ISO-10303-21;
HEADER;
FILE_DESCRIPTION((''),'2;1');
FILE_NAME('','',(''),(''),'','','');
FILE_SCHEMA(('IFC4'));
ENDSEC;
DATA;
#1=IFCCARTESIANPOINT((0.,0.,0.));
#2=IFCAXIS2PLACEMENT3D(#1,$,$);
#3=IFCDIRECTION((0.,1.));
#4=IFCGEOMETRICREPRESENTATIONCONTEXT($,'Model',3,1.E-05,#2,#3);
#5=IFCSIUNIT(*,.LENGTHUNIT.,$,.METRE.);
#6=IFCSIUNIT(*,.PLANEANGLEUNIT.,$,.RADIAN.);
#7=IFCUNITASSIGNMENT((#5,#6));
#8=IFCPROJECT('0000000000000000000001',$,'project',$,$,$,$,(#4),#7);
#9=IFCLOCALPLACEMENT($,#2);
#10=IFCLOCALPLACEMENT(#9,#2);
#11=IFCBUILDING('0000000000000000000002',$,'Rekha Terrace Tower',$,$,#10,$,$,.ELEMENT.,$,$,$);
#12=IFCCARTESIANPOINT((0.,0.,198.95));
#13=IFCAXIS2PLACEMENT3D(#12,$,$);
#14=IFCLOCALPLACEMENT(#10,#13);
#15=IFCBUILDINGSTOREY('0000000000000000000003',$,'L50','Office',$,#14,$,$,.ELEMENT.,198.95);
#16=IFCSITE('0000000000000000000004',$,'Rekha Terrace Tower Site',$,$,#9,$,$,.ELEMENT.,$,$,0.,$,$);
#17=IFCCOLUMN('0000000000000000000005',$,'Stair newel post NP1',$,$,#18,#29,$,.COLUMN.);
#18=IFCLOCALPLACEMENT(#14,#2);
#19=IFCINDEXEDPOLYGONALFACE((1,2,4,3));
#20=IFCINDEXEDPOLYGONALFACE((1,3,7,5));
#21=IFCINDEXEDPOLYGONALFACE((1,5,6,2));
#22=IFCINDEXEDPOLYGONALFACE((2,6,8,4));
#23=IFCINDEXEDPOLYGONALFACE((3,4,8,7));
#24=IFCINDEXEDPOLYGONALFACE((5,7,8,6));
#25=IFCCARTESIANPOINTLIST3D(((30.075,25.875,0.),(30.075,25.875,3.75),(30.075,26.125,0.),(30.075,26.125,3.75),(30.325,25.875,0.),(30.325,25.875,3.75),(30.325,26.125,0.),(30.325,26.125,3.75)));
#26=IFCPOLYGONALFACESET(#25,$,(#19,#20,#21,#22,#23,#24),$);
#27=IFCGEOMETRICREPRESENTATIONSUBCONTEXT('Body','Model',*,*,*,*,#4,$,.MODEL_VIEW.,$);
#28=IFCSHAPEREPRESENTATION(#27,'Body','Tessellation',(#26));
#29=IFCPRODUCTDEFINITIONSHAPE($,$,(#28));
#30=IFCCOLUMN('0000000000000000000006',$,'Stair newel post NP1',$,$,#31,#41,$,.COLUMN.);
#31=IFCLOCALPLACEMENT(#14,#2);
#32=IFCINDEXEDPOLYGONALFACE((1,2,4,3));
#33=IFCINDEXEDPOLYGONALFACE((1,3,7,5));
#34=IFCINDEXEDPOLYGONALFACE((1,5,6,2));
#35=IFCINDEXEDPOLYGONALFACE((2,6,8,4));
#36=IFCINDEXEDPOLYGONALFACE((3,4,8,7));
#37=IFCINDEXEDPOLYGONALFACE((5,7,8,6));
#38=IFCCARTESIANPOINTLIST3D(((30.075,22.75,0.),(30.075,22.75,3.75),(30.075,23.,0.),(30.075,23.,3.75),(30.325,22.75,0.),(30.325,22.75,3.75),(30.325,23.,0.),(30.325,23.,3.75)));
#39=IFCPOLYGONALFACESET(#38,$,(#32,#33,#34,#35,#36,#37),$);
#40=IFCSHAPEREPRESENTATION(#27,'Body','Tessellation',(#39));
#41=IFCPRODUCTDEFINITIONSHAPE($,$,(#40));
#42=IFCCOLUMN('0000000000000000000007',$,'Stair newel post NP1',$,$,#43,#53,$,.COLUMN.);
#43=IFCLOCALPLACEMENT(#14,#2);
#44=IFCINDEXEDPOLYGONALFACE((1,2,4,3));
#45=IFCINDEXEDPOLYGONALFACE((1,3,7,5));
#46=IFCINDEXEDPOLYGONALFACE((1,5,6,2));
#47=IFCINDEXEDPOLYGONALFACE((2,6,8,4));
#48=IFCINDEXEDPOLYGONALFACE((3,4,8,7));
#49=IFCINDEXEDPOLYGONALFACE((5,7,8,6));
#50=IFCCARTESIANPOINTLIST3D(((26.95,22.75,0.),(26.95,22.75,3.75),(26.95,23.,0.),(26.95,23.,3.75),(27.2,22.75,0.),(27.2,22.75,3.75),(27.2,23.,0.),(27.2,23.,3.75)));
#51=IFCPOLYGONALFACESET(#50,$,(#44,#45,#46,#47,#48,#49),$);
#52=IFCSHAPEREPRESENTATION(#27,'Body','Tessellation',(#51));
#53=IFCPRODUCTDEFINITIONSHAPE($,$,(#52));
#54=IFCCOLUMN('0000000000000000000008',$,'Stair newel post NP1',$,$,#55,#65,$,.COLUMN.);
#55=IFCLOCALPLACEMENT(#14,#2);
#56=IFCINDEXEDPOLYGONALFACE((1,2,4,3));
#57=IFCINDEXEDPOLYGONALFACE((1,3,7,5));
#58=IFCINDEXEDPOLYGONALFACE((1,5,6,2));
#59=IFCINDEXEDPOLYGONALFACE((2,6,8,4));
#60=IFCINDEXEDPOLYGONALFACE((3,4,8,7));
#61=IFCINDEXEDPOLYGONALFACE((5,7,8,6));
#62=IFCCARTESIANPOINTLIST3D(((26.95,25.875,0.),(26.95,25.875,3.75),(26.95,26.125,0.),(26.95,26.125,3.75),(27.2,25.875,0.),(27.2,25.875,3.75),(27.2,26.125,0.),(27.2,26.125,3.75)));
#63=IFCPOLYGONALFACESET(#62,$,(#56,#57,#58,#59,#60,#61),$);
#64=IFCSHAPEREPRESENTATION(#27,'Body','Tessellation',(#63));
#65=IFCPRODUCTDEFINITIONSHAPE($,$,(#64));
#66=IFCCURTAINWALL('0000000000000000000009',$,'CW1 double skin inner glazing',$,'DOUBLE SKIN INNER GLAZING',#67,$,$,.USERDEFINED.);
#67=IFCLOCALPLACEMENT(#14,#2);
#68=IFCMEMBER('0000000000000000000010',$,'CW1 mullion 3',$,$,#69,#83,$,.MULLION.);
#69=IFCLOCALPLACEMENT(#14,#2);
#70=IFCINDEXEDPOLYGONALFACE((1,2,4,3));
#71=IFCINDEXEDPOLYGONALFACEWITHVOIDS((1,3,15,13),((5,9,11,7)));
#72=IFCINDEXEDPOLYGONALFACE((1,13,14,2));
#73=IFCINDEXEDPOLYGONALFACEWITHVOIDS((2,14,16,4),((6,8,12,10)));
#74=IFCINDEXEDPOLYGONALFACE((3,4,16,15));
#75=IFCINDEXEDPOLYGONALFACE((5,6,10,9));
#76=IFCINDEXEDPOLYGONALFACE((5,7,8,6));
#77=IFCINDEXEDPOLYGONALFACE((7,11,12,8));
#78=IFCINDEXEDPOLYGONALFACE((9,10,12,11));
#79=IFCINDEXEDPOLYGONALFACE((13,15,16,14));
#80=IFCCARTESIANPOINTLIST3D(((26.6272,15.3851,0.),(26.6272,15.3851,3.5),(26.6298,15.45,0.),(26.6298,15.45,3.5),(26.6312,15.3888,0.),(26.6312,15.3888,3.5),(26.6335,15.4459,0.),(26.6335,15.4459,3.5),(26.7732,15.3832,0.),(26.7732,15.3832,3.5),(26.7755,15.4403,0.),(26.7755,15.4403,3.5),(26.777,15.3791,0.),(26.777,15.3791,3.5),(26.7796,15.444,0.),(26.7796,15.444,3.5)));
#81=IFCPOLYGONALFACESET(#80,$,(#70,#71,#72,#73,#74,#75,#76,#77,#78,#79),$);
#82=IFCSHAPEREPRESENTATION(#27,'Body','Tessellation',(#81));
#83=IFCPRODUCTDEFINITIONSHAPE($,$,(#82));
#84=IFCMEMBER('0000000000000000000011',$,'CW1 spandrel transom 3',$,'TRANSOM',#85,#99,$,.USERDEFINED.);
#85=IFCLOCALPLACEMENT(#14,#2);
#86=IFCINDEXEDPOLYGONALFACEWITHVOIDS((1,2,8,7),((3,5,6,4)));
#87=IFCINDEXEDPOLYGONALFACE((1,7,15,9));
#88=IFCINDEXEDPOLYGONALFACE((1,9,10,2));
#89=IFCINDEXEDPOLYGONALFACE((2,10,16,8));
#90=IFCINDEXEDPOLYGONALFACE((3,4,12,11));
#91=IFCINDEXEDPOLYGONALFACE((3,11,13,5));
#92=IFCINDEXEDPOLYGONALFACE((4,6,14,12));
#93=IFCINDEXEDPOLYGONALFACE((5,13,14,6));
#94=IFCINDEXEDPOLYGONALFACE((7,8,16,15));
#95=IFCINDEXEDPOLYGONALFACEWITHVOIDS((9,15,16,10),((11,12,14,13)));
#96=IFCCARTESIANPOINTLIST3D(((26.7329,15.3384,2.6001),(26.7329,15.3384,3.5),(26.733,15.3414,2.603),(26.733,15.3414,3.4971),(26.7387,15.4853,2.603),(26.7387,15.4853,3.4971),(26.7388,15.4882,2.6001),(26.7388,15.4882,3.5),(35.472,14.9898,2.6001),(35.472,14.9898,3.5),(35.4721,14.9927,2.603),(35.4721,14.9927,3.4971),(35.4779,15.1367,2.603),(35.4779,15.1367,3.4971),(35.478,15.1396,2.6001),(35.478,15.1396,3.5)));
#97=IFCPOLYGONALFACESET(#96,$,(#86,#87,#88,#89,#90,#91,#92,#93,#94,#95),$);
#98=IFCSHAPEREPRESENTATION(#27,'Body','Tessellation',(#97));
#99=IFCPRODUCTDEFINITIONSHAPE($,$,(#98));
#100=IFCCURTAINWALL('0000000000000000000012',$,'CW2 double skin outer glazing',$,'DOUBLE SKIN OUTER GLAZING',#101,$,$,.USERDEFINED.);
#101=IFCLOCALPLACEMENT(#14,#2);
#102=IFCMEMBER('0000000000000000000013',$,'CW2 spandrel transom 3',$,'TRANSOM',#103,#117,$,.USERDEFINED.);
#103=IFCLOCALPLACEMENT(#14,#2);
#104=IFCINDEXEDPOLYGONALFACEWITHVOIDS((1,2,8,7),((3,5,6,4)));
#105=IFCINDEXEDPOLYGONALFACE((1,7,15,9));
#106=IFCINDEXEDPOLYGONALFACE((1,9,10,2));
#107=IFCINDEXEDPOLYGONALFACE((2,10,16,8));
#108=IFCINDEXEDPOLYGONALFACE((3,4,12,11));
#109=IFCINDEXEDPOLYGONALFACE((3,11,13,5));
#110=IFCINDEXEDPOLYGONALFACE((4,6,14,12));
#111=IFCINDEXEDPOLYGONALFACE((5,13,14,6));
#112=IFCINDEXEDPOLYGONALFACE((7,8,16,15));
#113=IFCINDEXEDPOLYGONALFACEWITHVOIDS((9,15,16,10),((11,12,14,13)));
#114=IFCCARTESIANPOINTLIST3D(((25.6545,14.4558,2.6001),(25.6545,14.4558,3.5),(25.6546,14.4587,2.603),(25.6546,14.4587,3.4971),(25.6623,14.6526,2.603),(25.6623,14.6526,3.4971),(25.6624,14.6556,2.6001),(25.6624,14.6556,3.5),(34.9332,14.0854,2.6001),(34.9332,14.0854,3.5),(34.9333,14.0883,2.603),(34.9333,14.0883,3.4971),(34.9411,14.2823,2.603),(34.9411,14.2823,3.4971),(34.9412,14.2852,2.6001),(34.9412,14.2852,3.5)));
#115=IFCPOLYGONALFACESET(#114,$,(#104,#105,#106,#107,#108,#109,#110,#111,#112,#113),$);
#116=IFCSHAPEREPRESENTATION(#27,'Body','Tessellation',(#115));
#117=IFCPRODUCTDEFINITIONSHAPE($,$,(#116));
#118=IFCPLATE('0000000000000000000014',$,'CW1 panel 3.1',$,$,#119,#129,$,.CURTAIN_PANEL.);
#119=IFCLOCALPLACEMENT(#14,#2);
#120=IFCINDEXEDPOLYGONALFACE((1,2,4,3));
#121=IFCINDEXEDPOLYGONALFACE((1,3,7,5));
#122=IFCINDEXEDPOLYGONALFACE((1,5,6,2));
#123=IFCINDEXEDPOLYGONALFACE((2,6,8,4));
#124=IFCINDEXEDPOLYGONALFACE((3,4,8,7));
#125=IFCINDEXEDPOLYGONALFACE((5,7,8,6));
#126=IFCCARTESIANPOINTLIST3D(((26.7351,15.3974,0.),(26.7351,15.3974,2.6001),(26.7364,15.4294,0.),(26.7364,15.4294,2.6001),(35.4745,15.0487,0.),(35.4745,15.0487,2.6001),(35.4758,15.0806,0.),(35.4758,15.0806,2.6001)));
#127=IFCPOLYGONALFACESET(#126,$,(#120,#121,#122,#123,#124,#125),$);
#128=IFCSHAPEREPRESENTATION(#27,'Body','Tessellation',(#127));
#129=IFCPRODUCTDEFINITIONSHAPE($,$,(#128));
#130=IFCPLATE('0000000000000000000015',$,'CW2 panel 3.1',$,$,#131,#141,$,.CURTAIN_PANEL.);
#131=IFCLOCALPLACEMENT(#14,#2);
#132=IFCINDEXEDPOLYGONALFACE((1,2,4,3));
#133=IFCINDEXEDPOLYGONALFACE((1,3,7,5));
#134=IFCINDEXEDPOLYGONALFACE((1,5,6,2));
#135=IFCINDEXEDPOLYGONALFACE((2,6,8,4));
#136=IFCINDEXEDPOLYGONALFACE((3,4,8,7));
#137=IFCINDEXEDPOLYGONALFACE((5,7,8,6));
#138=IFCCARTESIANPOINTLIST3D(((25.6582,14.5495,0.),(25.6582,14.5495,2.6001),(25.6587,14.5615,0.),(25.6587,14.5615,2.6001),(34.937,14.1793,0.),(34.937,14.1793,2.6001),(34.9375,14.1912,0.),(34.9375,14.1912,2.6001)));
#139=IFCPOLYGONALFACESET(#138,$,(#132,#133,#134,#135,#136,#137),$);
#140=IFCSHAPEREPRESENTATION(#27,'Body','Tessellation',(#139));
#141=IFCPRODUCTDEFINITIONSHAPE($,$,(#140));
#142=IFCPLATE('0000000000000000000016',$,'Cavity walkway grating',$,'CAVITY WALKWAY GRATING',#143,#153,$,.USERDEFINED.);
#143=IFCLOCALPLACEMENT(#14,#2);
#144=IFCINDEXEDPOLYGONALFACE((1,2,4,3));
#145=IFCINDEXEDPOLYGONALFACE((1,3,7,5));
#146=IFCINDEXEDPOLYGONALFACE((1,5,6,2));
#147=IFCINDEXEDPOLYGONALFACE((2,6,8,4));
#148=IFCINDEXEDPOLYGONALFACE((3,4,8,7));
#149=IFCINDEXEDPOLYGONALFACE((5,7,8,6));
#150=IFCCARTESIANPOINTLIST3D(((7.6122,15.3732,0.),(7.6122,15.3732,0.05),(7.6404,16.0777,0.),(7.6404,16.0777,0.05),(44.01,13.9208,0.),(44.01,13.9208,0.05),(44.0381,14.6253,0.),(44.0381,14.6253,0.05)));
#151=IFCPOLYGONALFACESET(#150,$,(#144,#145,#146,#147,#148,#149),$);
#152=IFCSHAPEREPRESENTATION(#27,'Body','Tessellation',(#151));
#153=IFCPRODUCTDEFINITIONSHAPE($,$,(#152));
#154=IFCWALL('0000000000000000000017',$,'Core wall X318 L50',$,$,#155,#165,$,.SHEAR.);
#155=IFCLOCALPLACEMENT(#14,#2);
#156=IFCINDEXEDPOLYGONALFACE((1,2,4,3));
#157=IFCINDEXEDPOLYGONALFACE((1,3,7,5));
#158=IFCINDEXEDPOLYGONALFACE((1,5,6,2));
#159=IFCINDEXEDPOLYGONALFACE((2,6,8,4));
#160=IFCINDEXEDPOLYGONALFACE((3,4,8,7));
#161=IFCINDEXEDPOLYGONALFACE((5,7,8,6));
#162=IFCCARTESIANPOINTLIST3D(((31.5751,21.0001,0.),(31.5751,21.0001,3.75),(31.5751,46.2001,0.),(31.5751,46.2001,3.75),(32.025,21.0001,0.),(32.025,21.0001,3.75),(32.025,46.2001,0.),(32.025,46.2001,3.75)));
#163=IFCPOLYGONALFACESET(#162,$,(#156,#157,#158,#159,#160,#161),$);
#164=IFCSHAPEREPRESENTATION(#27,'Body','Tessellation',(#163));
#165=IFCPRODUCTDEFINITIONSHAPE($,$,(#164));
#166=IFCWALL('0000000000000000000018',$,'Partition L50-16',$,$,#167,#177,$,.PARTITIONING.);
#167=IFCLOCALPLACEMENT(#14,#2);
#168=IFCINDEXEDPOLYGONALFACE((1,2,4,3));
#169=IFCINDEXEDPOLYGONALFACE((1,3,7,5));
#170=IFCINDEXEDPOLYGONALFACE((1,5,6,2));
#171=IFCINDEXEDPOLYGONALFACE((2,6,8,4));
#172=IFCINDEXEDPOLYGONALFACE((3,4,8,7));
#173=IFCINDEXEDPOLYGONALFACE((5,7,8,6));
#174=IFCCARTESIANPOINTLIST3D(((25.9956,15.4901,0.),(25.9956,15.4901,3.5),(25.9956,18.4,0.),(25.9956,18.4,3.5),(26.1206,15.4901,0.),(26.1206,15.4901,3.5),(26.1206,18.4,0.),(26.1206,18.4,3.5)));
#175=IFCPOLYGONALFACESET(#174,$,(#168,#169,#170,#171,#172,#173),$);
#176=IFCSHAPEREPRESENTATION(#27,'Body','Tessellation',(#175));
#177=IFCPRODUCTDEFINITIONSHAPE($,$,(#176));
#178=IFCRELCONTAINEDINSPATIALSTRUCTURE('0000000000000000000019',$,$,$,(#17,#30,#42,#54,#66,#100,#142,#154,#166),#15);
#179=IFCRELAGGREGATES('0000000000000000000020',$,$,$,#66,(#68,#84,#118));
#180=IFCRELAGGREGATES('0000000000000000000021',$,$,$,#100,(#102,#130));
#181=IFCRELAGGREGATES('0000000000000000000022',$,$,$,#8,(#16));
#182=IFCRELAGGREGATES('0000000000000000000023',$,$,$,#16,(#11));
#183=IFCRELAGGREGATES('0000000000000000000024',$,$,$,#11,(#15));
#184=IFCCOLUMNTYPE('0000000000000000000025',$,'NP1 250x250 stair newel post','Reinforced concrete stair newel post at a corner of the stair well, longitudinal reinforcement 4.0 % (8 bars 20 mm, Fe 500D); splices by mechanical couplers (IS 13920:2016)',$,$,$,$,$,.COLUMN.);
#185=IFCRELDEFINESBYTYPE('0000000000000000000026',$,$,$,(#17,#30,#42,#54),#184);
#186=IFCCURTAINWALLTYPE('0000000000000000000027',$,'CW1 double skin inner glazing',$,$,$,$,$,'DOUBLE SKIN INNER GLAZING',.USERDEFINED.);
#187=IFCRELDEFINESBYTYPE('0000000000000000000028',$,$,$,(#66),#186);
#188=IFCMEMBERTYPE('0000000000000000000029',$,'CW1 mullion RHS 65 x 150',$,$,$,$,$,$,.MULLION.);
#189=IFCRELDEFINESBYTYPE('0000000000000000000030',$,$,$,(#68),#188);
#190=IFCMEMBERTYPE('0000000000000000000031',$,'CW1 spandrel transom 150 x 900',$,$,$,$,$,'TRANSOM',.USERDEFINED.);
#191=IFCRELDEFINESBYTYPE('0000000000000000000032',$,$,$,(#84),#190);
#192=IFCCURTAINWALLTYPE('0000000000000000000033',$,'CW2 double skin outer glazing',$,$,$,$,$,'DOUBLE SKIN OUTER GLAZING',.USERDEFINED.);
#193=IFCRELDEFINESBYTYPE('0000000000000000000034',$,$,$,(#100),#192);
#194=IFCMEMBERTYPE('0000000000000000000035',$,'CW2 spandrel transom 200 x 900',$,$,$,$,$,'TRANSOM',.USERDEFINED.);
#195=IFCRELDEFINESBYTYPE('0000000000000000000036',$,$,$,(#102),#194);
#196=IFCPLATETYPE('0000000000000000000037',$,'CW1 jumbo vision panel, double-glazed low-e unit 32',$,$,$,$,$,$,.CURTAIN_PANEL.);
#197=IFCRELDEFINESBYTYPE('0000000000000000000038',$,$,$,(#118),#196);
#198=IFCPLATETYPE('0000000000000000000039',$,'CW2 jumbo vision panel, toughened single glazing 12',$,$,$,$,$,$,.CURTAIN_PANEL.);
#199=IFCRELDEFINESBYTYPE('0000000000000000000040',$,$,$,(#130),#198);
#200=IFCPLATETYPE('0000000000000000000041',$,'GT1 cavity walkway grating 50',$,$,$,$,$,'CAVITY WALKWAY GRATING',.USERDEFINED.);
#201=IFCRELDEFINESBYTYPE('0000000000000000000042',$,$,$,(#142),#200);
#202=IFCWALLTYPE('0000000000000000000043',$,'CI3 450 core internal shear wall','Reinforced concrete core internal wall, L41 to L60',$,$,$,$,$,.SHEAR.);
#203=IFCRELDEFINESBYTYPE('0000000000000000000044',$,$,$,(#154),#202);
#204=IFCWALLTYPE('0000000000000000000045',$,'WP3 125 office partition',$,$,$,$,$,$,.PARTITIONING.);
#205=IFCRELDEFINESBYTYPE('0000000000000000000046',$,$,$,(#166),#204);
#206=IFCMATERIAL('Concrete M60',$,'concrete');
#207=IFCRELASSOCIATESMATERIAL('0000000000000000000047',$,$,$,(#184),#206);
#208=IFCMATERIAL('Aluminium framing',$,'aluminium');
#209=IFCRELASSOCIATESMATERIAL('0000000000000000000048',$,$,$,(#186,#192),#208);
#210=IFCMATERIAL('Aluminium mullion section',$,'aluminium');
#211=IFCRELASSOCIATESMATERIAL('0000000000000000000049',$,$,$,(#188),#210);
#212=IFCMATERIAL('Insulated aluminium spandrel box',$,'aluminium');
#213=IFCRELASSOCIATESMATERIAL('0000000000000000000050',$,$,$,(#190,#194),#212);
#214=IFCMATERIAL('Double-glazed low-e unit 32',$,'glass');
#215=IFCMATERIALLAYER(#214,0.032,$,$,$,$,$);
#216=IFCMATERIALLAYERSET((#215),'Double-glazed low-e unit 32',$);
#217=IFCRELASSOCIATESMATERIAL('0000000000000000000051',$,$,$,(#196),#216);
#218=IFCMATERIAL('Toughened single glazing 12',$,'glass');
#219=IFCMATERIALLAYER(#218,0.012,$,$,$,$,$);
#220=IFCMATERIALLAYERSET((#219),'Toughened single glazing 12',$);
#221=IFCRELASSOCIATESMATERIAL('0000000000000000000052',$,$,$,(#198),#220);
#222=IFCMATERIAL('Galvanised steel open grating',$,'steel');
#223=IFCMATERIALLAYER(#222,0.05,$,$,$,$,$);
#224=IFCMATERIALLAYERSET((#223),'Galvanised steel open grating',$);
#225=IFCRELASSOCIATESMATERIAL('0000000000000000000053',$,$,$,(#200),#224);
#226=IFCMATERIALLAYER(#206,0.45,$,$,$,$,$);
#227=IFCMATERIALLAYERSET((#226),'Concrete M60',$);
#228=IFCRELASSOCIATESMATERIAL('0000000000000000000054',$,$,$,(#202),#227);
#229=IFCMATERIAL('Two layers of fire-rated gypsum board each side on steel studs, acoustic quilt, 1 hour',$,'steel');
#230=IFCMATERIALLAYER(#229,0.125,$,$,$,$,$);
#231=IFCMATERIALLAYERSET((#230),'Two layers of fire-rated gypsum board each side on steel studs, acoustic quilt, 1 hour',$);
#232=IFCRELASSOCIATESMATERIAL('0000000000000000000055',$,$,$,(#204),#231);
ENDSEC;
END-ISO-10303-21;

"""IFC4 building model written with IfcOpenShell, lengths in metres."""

from ifc_helpers import new_model, si_unit, direction, frame, frame_2d, origin, origin_2d, place, context, subcontext, project, spatial, rectangle, hollow_rectangle, extrude, material, layer, layer_set, material_profile, profile_set, type_object, element, aggregate, save


model = new_model("IFC4")

# Units and contexts
model_context = context("Model", 3, precision=1e-05, world=origin(), true_north=direction((0.0, 1.0)))
body_context = subcontext(model_context, "Body", "Model", "MODEL_VIEW")
ifc_project = project(units=[si_unit("LENGTHUNIT", "METRE"), si_unit("PLANEANGLEUNIT", "RADIAN")], contexts=[model_context])

# Site, building, storey
site_placement = place(None, origin())
site = spatial("IfcSite", under=ifc_project, at=site_placement, Name="Rekha Terrace Tower Site", CompositionType="ELEMENT", RefElevation=0.0)
building_placement = place(site_placement, origin())
building = spatial("IfcBuilding", under=site, at=building_placement, Name="Rekha Terrace Tower", CompositionType="ELEMENT")
storey_placement = place(building_placement, frame((0.0, 0.0, 198.95)))
storey = spatial("IfcBuildingStorey", under=building, at=storey_placement, Name="L50", Description="Office", CompositionType="ELEMENT", Elevation=198.95)

# Columns
ifc_material_1 = material(Name="Concrete M60", Category="concrete")
ifc_material_profile_1 = material_profile(ifc_material_1, rectangle(XDim=0.25, YDim=0.25, at=origin_2d()), Name="RC 250x250")
ifc_profile_set_1 = profile_set([ifc_material_profile_1], Name="Concrete M60")
column_type = type_object("IfcColumnType", Name="NP1 250x250 stair newel post", Description="Reinforced concrete stair newel post at a corner of the stair well, longitudinal reinforcement 4.0 % (8 bars 20 mm, Fe 500D); splices by mechanical couplers (IS 13920:2016)", PredefinedType="COLUMN", material=ifc_profile_set_1)
for number, where, z_axis, x_axis, name in (
    (1, (30.2, 26.0, 0.0), (0.0, 0.0, 1.0), (1.0, 0.0, 0.0), "Stair newel post NP1"),
    (2, (30.2, 22.875, 0.0), (0.0, 0.0, 1.0), (1.0, 0.0, 0.0), "Stair newel post NP1"),
    (3, (27.075, 22.875, 0.0), (0.0, 0.0, 1.0), (1.0, 0.0, 0.0), "Stair newel post NP1"),
    (4, (27.075, 26.0, 0.0), (0.0, 0.0, 1.0), (1.0, 0.0, 0.0), "Stair newel post NP1"),
):
    element("IfcColumn", number, at=place(storey_placement, frame(where, z_axis=z_axis, x_axis=x_axis)), inside=storey, type_object=column_type, Name=name, PredefinedType="COLUMN", context=body_context, shape_type="SweptSolid", body=[
        extrude(rectangle(XDim=0.25, YDim=0.25, at=origin_2d()), origin(), (0.0, 0.0, 1.0), 3.75),
    ])

# Curtain wall, members
ifc_material_2 = material(Name="Aluminium framing", Category="aluminium")
curtain_wall_type_1 = type_object("IfcCurtainWallType", Name="CW1 double skin inner glazing", ElementType="DOUBLE SKIN INNER GLAZING", PredefinedType="USERDEFINED", material=ifc_material_2)
curtain_wall_1_placement = place(storey_placement, origin())
curtain_wall_1 = element("IfcCurtainWall", 5, at=curtain_wall_1_placement, inside=storey, type_object=curtain_wall_type_1, Name="CW1 double skin inner glazing", ObjectType="DOUBLE SKIN INNER GLAZING", PredefinedType="USERDEFINED")
ifc_material_3 = material(Name="Aluminium mullion section", Category="aluminium")
ifc_material_profile_2 = material_profile(ifc_material_3, hollow_rectangle(XDim=0.0649, YDim=0.1499, WallThickness=0.0039, at=origin_2d()), Name="AL RHS 65x150")
ifc_profile_set_2 = profile_set([ifc_material_profile_2], Name="Aluminium mullion section")
member_type_1 = type_object("IfcMemberType", Name="CW1 mullion RHS 65 x 150", PredefinedType="MULLION", material=ifc_profile_set_2)
member_1_placement = place(storey_placement, frame((26.7034, 15.4146, 0.0), z_axis=(0.0, 0.0, 1.0), x_axis=(0.039872, 0.999205, 0.0)))
member_1 = element("IfcMember", 6, at=member_1_placement, type_object=member_type_1, Name="CW1 mullion 3", PredefinedType="MULLION", context=body_context, shape_type="SweptSolid", body=[
    extrude(hollow_rectangle(XDim=0.0649, YDim=0.1499, WallThickness=0.0039, at=origin_2d()), origin(), (0.0, 0.0, 1.0), 3.5),
])
ifc_material_4 = material(Name="Insulated aluminium spandrel box", Category="aluminium")
ifc_material_profile_3 = material_profile(ifc_material_4, hollow_rectangle(XDim=0.1499, YDim=0.8999, WallThickness=0.0029, at=origin_2d()), Name="AL SPANDREL BOX 150x900")
ifc_profile_set_3 = profile_set([ifc_material_profile_3], Name="Insulated aluminium spandrel box")
member_type_2 = type_object("IfcMemberType", Name="CW1 spandrel transom 150 x 900", ElementType="TRANSOM", PredefinedType="USERDEFINED", material=ifc_profile_set_3)
member_2_placement = place(storey_placement, frame((26.7358, 15.4133, 3.05), z_axis=(0.999205, -0.039861, 0.0), x_axis=(0.039861, 0.999205, 0.0)))
member_2 = element("IfcMember", 7, at=member_2_placement, type_object=member_type_2, Name="CW1 spandrel transom 3", ObjectType="TRANSOM", PredefinedType="USERDEFINED", context=body_context, shape_type="SweptSolid", body=[
    extrude(hollow_rectangle(XDim=0.1499, YDim=0.8999, WallThickness=0.0029, at=origin_2d()), origin(), (0.0, 0.0, 1.0), 8.7461),
])

# Curtain wall, member
curtain_wall_type_2 = type_object("IfcCurtainWallType", Name="CW2 double skin outer glazing", ElementType="DOUBLE SKIN OUTER GLAZING", PredefinedType="USERDEFINED", material=ifc_material_2)
curtain_wall_2_placement = place(storey_placement, origin())
curtain_wall_2 = element("IfcCurtainWall", 8, at=curtain_wall_2_placement, inside=storey, type_object=curtain_wall_type_2, Name="CW2 double skin outer glazing", ObjectType="DOUBLE SKIN OUTER GLAZING", PredefinedType="USERDEFINED")
ifc_material_profile_4 = material_profile(ifc_material_4, hollow_rectangle(XDim=0.2, YDim=0.8999, WallThickness=0.0029, at=origin_2d()), Name="AL SPANDREL BOX 200x900")
ifc_profile_set_4 = profile_set([ifc_material_profile_4], Name="Insulated aluminium spandrel box")
member_type_3 = type_object("IfcMemberType", Name="CW2 spandrel transom 200 x 900", ElementType="TRANSOM", PredefinedType="USERDEFINED", material=ifc_profile_set_4)
member_3_placement = place(storey_placement, frame((25.6584, 14.5557, 3.05), z_axis=(0.999204, -0.039883, 0.0), x_axis=(0.039883, 0.999204, 0.0)))
member_3 = element("IfcMember", 9, at=member_3_placement, type_object=member_type_3, Name="CW2 spandrel transom 3", ObjectType="TRANSOM", PredefinedType="USERDEFINED", context=body_context, shape_type="SweptSolid", body=[
    extrude(hollow_rectangle(XDim=0.2, YDim=0.8999, WallThickness=0.0029, at=origin_2d()), origin(), (0.0, 0.0, 1.0), 9.2861),
])

# Plates
ifc_material_5 = material(Name="Double-glazed low-e unit 32", Category="glass")
ifc_layer_1 = layer(ifc_material_5, 0.032)
ifc_layer_set_1 = layer_set([ifc_layer_1], Name="Double-glazed low-e unit 32")
plate_type_1 = type_object("IfcPlateType", Name="CW1 jumbo vision panel, double-glazed low-e unit 32", PredefinedType="CURTAIN_PANEL", material=ifc_layer_set_1)
plate_1_placement = place(storey_placement, frame((31.1055, 15.239, 0.0), z_axis=(0.0, 0.0, 1.0), x_axis=(0.999205, -0.039872, 0.0)))
plate_1 = element("IfcPlate", 10, at=plate_1_placement, type_object=plate_type_1, Name="CW1 panel 3.1", PredefinedType="CURTAIN_PANEL", context=body_context, shape_type="SweptSolid", body=[
    extrude(rectangle(XDim=8.7463, YDim=0.032, at=origin_2d()), origin(), (0.0, 0.0, 1.0), 2.6001),
])
aggregate(curtain_wall_1, [member_1, member_2, plate_1])
ifc_material_6 = material(Name="Toughened single glazing 12", Category="glass")
ifc_layer_2 = layer(ifc_material_6, 0.012)
ifc_layer_set_2 = layer_set([ifc_layer_2], Name="Toughened single glazing 12")
plate_type_2 = type_object("IfcPlateType", Name="CW2 jumbo vision panel, toughened single glazing 12", PredefinedType="CURTAIN_PANEL", material=ifc_layer_set_2)
plate_2_placement = place(storey_placement, frame((30.2979, 14.3704, 0.0), z_axis=(0.0, 0.0, 1.0), x_axis=(0.999205, -0.039872, 0.0)))
plate_2 = element("IfcPlate", 11, at=plate_2_placement, type_object=plate_type_2, Name="CW2 panel 3.1", PredefinedType="CURTAIN_PANEL", context=body_context, shape_type="SweptSolid", body=[
    extrude(rectangle(XDim=9.2861, YDim=0.012, at=origin_2d()), origin(), (0.0, 0.0, 1.0), 2.6001),
])
aggregate(curtain_wall_2, [member_3, plate_2])
ifc_material_7 = material(Name="Galvanised steel open grating", Category="steel")
ifc_layer_3 = layer(ifc_material_7, 0.05)
ifc_layer_set_3 = layer_set([ifc_layer_3], Name="Galvanised steel open grating")
plate_type_3 = type_object("IfcPlateType", Name="GT1 cavity walkway grating 50", ElementType="CAVITY WALKWAY GRATING", PredefinedType="USERDEFINED", material=ifc_layer_set_3)
plate_3_placement = place(storey_placement, frame((25.8252, 14.9993, 0.0), z_axis=(0.0, 0.0, 1.0), x_axis=(0.999205, -0.039872, 0.0)))
element("IfcPlate", 12, at=plate_3_placement, inside=storey, type_object=plate_type_3, Name="Cavity walkway grating", ObjectType="CAVITY WALKWAY GRATING", PredefinedType="USERDEFINED", context=body_context, shape_type="SweptSolid", body=[
    extrude(rectangle(XDim=36.4268, YDim=0.7051, at=origin_2d()), origin(), (0.0, 0.0, 1.0), 0.05),
])

# Walls
ifc_layer_4 = layer(ifc_material_1, 0.45)
ifc_layer_set_4 = layer_set([ifc_layer_4], Name="Concrete M60")
wall_type_1 = type_object("IfcWallType", Name="CI3 450 core internal shear wall", Description="Reinforced concrete core internal wall, L41 to L60", PredefinedType="SHEAR", material=ifc_layer_set_4)
wall_1_placement = place(storey_placement, frame((31.8, 21.0, 0.0), z_axis=(0.0, 0.0, 1.0), x_axis=(0.0, 1.0, 0.0)))
element("IfcWall", 13, at=wall_1_placement, inside=storey, type_object=wall_type_1, Name="Core wall X318 L50", PredefinedType="SHEAR", context=body_context, shape_type="SweptSolid", body=[
    extrude(rectangle(XDim=25.2, YDim=0.45, at=frame_2d((12.6001, 0.0))), origin(), (0.0, 0.0, 1.0), 3.75),
])
ifc_material_8 = material(Name="Two layers of fire-rated gypsum board each side on steel studs, acoustic quilt, 1 hour", Category="steel")
ifc_layer_5 = layer(ifc_material_8, 0.125)
ifc_layer_set_5 = layer_set([ifc_layer_5], Name="Two layers of fire-rated gypsum board each side on steel studs, acoustic quilt, 1 hour")
wall_type_2 = type_object("IfcWallType", Name="WP3 125 office partition", PredefinedType="PARTITIONING", material=ifc_layer_set_5)
wall_2_placement = place(storey_placement, frame((26.0581, 15.49, 0.0), z_axis=(0.0, 0.0, 1.0), x_axis=(0.0, 1.0, 0.0)))
element("IfcWall", 14, at=wall_2_placement, inside=storey, type_object=wall_type_2, Name="Partition L50-16", PredefinedType="PARTITIONING", context=body_context, shape_type="SweptSolid", body=[
    extrude(rectangle(XDim=2.9099, YDim=0.125, at=frame_2d((1.4551, 0.0))), origin(), (0.0, 0.0, 1.0), 3.5),
])

save(model, "model.ifc")
